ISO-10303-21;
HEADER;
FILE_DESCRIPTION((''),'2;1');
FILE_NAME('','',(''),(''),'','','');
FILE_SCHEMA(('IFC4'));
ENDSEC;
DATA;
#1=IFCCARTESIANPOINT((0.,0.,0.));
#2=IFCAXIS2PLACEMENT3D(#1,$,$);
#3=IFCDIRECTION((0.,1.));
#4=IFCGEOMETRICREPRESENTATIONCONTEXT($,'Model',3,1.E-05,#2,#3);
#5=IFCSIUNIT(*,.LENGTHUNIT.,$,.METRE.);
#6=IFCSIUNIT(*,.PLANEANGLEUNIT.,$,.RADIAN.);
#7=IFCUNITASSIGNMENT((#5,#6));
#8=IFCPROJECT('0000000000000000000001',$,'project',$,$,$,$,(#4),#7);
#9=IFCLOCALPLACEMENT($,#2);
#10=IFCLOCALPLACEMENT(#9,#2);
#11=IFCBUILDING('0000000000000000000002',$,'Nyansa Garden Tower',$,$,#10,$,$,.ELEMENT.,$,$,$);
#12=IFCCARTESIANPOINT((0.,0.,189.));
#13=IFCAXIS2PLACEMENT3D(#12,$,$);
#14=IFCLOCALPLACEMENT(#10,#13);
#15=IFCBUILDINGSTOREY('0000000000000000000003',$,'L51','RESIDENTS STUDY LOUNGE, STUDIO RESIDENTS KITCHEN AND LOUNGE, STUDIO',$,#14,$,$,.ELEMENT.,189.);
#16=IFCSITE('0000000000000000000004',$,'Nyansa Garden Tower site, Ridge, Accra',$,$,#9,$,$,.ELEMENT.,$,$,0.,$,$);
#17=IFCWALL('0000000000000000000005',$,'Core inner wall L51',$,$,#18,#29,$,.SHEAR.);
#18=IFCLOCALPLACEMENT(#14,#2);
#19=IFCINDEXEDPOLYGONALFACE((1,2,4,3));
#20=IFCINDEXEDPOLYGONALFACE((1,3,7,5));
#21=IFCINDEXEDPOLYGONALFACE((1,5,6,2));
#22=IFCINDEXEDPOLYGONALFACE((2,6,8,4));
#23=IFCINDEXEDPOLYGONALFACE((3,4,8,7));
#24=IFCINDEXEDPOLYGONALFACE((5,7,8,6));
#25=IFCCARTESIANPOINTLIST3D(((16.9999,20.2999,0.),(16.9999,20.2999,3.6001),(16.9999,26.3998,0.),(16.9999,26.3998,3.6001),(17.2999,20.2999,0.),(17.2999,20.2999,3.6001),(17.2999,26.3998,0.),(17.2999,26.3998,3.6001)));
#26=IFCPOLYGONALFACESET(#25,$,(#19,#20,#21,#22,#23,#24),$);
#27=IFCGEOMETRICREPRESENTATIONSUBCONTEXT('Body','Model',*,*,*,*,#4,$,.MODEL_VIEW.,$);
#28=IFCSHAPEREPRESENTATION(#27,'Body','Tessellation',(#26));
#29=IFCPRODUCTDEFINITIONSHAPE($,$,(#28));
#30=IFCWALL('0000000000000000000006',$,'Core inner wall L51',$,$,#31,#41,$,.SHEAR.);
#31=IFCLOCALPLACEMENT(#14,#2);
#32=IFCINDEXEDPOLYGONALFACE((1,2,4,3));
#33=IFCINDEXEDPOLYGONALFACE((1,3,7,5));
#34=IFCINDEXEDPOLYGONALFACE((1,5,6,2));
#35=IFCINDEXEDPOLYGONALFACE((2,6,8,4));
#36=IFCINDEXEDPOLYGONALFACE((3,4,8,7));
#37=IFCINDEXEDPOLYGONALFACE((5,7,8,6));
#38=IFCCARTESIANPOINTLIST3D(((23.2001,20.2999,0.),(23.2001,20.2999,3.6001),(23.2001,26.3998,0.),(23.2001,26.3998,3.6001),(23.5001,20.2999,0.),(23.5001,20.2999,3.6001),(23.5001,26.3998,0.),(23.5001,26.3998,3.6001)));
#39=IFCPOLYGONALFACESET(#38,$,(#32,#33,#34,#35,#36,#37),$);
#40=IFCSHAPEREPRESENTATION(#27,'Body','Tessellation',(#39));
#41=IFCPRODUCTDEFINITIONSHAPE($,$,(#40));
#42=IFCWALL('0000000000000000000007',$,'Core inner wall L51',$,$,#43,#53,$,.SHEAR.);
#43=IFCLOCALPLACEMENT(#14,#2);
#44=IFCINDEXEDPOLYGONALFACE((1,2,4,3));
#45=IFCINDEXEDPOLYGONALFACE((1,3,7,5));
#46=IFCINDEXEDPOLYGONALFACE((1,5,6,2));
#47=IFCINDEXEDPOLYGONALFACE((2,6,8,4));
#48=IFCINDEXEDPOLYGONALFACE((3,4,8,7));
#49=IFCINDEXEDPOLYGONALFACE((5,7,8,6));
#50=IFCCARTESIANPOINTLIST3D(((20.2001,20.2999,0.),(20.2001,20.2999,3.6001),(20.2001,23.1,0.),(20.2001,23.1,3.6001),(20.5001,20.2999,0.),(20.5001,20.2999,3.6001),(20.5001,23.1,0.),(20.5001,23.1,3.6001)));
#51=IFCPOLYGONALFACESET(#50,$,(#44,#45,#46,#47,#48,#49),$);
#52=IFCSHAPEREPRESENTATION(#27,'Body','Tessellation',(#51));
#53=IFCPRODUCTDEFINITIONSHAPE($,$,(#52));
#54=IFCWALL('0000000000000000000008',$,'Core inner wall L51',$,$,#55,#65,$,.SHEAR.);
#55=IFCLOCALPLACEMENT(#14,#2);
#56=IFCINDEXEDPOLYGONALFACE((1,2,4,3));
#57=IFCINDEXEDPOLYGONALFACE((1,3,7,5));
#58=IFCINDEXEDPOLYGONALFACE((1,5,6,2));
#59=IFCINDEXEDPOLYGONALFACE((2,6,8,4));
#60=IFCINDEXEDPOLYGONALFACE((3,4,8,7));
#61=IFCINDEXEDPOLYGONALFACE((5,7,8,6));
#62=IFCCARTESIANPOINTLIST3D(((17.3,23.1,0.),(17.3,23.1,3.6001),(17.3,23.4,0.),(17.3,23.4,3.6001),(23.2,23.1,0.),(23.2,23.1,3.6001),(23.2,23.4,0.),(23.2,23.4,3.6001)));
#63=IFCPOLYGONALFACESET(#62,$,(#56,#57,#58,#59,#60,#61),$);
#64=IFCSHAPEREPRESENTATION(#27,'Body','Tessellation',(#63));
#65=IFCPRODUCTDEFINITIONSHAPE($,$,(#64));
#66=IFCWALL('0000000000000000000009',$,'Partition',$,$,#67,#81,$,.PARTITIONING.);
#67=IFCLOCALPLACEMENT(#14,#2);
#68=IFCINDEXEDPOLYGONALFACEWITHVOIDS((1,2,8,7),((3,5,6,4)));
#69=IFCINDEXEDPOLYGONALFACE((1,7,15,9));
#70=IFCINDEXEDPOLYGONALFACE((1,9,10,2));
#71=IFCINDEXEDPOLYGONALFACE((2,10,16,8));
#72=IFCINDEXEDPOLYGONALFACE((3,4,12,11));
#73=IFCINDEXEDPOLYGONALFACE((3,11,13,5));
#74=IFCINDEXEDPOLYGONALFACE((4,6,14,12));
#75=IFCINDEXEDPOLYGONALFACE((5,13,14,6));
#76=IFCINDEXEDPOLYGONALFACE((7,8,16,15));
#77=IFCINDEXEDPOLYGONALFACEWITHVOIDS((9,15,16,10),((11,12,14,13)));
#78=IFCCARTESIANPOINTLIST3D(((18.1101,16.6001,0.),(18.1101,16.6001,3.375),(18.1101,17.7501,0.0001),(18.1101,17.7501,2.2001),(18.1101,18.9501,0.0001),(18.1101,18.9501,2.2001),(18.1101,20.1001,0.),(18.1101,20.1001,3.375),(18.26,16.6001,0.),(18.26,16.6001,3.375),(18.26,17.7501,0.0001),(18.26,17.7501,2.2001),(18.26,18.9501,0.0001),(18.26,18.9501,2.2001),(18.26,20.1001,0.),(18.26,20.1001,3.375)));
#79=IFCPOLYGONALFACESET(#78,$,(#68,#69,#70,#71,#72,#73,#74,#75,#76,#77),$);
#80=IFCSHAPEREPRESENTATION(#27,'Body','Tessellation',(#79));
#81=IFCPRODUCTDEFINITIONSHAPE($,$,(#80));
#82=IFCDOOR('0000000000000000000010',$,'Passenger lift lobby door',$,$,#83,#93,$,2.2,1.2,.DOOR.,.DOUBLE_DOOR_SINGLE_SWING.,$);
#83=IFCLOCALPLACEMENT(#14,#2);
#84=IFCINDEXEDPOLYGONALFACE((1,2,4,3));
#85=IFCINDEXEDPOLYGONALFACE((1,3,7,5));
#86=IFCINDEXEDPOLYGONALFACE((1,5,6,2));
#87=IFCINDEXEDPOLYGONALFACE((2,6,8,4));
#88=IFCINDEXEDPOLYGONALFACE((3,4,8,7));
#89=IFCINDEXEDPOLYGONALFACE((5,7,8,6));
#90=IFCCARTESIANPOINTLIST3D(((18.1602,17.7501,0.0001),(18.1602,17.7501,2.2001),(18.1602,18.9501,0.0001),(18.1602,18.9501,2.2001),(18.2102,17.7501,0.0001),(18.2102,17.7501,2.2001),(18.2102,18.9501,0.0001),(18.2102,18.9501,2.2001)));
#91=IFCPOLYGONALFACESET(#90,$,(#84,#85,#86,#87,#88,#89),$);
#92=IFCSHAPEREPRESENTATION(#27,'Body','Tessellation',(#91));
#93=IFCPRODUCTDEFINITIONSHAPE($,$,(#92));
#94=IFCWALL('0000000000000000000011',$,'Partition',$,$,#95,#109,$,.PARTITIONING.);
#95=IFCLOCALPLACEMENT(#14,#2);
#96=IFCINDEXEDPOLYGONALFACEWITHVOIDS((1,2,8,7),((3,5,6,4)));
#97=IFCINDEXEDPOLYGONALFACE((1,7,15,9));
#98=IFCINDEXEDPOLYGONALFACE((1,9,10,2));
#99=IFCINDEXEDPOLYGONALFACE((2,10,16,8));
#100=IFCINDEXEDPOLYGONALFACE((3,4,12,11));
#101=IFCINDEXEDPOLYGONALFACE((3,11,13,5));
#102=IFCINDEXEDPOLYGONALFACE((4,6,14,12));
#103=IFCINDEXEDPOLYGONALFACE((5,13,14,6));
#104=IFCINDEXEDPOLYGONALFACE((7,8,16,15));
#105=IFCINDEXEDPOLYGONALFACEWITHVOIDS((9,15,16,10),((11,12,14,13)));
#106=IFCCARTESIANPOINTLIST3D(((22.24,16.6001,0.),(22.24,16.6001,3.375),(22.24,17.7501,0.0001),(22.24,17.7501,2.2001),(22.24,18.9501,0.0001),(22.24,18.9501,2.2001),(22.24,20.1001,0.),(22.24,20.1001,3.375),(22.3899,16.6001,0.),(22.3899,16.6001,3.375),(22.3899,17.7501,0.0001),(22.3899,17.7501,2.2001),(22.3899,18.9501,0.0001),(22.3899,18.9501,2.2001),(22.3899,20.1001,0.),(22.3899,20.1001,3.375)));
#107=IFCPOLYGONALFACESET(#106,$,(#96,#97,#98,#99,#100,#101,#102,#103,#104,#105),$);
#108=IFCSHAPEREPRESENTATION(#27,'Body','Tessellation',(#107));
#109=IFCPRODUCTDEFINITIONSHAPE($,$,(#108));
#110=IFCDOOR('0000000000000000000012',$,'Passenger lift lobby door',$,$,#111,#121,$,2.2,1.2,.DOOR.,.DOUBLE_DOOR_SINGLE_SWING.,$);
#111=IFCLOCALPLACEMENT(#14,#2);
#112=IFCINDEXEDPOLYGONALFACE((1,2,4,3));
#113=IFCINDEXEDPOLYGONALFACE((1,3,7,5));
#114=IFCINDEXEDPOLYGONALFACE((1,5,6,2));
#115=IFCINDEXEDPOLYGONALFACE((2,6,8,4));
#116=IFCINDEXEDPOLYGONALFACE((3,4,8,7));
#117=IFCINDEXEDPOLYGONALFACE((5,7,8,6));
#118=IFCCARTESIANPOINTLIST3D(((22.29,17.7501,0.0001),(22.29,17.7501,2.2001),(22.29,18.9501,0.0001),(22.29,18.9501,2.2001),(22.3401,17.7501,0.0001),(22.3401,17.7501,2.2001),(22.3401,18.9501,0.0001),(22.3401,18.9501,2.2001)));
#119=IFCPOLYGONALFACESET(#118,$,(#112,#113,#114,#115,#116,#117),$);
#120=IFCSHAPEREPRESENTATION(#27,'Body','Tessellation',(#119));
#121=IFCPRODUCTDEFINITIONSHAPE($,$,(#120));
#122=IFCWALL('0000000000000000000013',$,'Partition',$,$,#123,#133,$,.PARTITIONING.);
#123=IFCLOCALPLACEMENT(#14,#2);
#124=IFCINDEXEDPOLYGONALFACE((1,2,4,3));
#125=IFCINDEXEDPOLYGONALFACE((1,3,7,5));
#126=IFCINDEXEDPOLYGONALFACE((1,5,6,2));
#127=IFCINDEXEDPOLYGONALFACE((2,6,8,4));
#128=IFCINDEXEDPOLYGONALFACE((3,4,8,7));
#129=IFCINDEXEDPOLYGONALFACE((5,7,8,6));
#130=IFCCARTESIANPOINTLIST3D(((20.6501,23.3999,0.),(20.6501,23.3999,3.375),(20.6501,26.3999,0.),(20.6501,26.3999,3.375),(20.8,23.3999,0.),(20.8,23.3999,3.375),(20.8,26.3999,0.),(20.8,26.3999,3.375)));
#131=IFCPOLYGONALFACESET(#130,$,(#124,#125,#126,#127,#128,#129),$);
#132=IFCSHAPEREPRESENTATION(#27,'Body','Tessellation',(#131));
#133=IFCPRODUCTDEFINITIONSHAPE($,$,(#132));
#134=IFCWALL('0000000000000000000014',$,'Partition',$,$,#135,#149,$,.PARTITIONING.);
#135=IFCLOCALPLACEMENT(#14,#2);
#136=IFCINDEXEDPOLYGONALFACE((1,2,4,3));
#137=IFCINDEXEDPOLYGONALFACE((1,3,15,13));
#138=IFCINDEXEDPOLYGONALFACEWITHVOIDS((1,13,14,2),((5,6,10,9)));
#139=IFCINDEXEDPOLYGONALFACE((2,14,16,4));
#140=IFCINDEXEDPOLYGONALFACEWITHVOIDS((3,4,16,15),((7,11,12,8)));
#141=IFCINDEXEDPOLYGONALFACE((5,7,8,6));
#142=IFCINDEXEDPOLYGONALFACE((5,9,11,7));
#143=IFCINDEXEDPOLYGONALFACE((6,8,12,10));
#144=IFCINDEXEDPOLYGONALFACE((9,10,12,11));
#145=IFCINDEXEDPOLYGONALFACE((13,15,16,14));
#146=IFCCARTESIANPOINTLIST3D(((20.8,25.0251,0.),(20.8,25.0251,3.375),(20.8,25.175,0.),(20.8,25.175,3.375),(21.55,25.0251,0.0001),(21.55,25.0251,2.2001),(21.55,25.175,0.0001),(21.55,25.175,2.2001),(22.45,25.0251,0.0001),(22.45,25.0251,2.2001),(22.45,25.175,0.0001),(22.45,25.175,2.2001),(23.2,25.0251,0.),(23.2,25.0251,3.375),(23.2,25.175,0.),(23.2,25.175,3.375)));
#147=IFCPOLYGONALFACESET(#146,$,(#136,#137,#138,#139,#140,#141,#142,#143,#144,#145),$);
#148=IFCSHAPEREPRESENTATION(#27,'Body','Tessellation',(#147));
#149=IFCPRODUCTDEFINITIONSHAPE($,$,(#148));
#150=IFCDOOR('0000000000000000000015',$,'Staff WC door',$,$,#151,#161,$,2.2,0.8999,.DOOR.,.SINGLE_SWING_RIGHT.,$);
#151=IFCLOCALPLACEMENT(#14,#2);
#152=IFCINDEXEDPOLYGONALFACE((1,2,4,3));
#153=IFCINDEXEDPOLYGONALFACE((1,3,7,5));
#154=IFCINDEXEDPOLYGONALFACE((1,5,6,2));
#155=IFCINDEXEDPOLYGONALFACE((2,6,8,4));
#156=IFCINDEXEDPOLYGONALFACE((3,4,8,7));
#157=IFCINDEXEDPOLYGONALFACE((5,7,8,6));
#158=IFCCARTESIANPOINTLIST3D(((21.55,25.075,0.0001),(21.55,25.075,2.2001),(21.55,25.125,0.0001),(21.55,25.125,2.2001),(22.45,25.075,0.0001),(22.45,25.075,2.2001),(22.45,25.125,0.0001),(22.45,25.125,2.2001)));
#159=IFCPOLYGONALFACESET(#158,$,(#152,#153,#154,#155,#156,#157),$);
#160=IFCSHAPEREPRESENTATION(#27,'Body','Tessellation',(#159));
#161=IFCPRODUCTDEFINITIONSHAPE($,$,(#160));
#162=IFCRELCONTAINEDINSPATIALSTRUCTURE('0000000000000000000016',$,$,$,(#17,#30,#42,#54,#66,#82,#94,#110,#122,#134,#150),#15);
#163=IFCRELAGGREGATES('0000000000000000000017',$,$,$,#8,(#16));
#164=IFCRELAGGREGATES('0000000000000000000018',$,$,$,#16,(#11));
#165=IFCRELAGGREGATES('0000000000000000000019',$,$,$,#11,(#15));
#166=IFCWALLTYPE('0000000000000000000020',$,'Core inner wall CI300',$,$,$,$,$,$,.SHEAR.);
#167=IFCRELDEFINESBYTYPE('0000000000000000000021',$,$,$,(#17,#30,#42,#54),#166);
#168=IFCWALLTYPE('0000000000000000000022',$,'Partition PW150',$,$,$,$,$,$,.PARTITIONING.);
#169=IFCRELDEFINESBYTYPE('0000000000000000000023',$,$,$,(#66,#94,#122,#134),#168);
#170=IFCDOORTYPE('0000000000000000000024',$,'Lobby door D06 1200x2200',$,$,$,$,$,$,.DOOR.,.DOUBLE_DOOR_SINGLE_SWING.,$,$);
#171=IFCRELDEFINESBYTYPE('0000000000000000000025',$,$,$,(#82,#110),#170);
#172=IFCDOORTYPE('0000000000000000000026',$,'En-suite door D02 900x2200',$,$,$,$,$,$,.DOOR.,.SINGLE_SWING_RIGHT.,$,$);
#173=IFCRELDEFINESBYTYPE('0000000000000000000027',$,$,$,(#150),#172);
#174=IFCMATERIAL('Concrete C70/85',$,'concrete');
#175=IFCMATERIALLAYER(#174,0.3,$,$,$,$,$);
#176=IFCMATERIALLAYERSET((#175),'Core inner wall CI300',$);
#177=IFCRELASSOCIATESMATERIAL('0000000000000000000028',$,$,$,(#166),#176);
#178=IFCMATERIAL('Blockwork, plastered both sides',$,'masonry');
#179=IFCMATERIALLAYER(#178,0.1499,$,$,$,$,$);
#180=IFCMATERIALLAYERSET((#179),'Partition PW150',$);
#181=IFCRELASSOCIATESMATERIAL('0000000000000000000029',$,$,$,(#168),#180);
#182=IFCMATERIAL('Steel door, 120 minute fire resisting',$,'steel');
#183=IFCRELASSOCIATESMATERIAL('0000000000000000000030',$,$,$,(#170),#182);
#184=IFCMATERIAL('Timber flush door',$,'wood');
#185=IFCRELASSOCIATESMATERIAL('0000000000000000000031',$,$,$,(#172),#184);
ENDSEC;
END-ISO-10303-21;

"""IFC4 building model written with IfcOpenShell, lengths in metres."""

from ifc_helpers import new_model, si_unit, direction, frame, frame_2d, origin, place, context, subcontext, project, spatial, rectangle, extrude, material, layer, layer_set, type_object, element, fill, save


model = new_model("IFC4")

# Units and contexts
model_context = context("Model", 3, precision=1e-05, world=origin(), true_north=direction((0.0, 1.0)))
body_context = subcontext(model_context, "Body", "Model", "MODEL_VIEW")
ifc_project = project(units=[si_unit("LENGTHUNIT", "METRE"), si_unit("PLANEANGLEUNIT", "RADIAN")], contexts=[model_context])

# Site, building, storey
site_placement = place(None, origin())
site = spatial("IfcSite", under=ifc_project, at=site_placement, Name="Nyansa Garden Tower site, Ridge, Accra", CompositionType="ELEMENT", RefElevation=0.0)
building_placement = place(site_placement, origin())
building = spatial("IfcBuilding", under=site, at=building_placement, Name="Nyansa Garden Tower", CompositionType="ELEMENT")
storey_placement = place(building_placement, frame((0.0, 0.0, 189.0)))
storey = spatial("IfcBuildingStorey", under=building, at=storey_placement, Name="L51", Description="RESIDENTS STUDY LOUNGE, STUDIO RESIDENTS KITCHEN AND LOUNGE, STUDIO", CompositionType="ELEMENT", Elevation=189.0)

# Walls
ifc_material_1 = material(Name="Concrete C70/85", Category="concrete")
ifc_layer_1 = layer(ifc_material_1, 0.3)
ifc_layer_set_1 = layer_set([ifc_layer_1], Name="Core inner wall CI300")
wall_type_1 = type_object("IfcWallType", Name="Core inner wall CI300", PredefinedType="SHEAR", material=ifc_layer_set_1)
for number, where, z_axis, x_axis, name in (
    (1, (17.1499, 20.3, 0.0), (0.0, 0.0, 1.0), (0.0, 1.0, 0.0), "Core inner wall L51"),
    (2, (23.3501, 20.3, 0.0), (0.0, 0.0, 1.0), (0.0, 1.0, 0.0), "Core inner wall L51"),
):
    element("IfcWall", number, at=place(storey_placement, frame(where, z_axis=z_axis, x_axis=x_axis)), inside=storey, type_object=wall_type_1, Name=name, PredefinedType="SHEAR", context=body_context, shape_type="SweptSolid", body=[
        extrude(rectangle(XDim=6.0999, YDim=0.3, at=frame_2d((3.0498, 0.0))), origin(), (0.0, 0.0, 1.0), 3.6001),
    ])
wall_1_placement = place(storey_placement, frame((20.3501, 20.3, 0.0), z_axis=(0.0, 0.0, 1.0), x_axis=(0.0, 1.0, 0.0)))
element("IfcWall", 3, at=wall_1_placement, inside=storey, type_object=wall_type_1, Name="Core inner wall L51", PredefinedType="SHEAR", context=body_context, shape_type="SweptSolid", body=[
    extrude(rectangle(XDim=2.8, YDim=0.3, at=frame_2d((1.3999, 0.0))), origin(), (0.0, 0.0, 1.0), 3.6001),
])
wall_2_placement = place(storey_placement, frame((17.3, 23.25, 0.0), z_axis=(0.0, 0.0, 1.0), x_axis=(1.0, 0.0, 0.0)))
element("IfcWall", 4, at=wall_2_placement, inside=storey, type_object=wall_type_1, Name="Core inner wall L51", PredefinedType="SHEAR", context=body_context, shape_type="SweptSolid", body=[
    extrude(rectangle(XDim=5.8999, YDim=0.3, at=frame_2d((2.95, 0.0))), origin(), (0.0, 0.0, 1.0), 3.6001),
])

# Walls, openings, doors
ifc_material_2 = material(Name="Blockwork, plastered both sides", Category="masonry")
ifc_layer_2 = layer(ifc_material_2, 0.1499)
ifc_layer_set_2 = layer_set([ifc_layer_2], Name="Partition PW150")
wall_type_2 = type_object("IfcWallType", Name="Partition PW150", PredefinedType="PARTITIONING", material=ifc_layer_set_2)
wall_3_placement = place(storey_placement, frame((18.1851, 16.6001, 0.0), z_axis=(0.0, 0.0, 1.0), x_axis=(0.0, 1.0, 0.0)))
wall_3 = element("IfcWall", 5, at=wall_3_placement, inside=storey, type_object=wall_type_2, Name="Partition", PredefinedType="PARTITIONING", context=body_context, shape_type="SweptSolid", body=[
    extrude(rectangle(XDim=3.5, YDim=0.1499, at=frame_2d((1.75, 0.0))), origin(), (0.0, 0.0, 1.0), 3.375),
])
opening_1_placement = place(wall_3_placement, frame((1.1499, 0.0, 0.0)))
opening_1 = element("IfcOpeningElement", 6, at=opening_1_placement, cuts=wall_3, PredefinedType="OPENING", context=body_context, shape_type="SweptSolid", body=[
    extrude(rectangle(XDim=1.2, YDim=2.2, at=frame_2d((0.6001, 1.1001))), frame((0.0, 0.085, 0.0), z_axis=(0.0, -1.0, 0.0), x_axis=(1.0, 0.0, 0.0)), (0.0, 0.0, 1.0), 0.1699),
])
ifc_material_3 = material(Name="Steel door, 120 minute fire resisting", Category="steel")
door_type_1 = type_object("IfcDoorType", Name="Lobby door D06 1200x2200", OperationType="DOUBLE_DOOR_SINGLE_SWING", PredefinedType="DOOR", material=ifc_material_3)
door_1_placement = place(opening_1_placement, origin())
door_1 = element("IfcDoor", 7, at=door_1_placement, inside=storey, type_object=door_type_1, Name="Passenger lift lobby door", OperationType="DOUBLE_DOOR_SINGLE_SWING", OverallHeight=2.2, OverallWidth=1.2, PredefinedType="DOOR", context=body_context, shape_type="SweptSolid", body=[
    extrude(rectangle(XDim=1.2, YDim=2.2, at=frame_2d((0.6001, 1.1001))), frame((0.0, 0.0249, 0.0), z_axis=(0.0, -1.0, 0.0), x_axis=(1.0, 0.0, 0.0)), (0.0, 0.0, 1.0), 0.05),
])
fill(opening_1, door_1)
wall_4_placement = place(storey_placement, frame((22.3149, 16.6001, 0.0), z_axis=(0.0, 0.0, 1.0), x_axis=(0.0, 1.0, 0.0)))
wall_4 = element("IfcWall", 8, at=wall_4_placement, inside=storey, type_object=wall_type_2, Name="Partition", PredefinedType="PARTITIONING", context=body_context, shape_type="SweptSolid", body=[
    extrude(rectangle(XDim=3.5, YDim=0.1499, at=frame_2d((1.75, 0.0))), origin(), (0.0, 0.0, 1.0), 3.375),
])
opening_2_placement = place(wall_4_placement, frame((1.1499, 0.0, 0.0)))
opening_2 = element("IfcOpeningElement", 9, at=opening_2_placement, cuts=wall_4, PredefinedType="OPENING", context=body_context, shape_type="SweptSolid", body=[
    extrude(rectangle(XDim=1.2, YDim=2.2, at=frame_2d((0.6001, 1.1001))), frame((0.0, 0.085, 0.0), z_axis=(0.0, -1.0, 0.0), x_axis=(1.0, 0.0, 0.0)), (0.0, 0.0, 1.0), 0.1699),
])
door_2_placement = place(opening_2_placement, origin())
door_2 = element("IfcDoor", 10, at=door_2_placement, inside=storey, type_object=door_type_1, Name="Passenger lift lobby door", OperationType="DOUBLE_DOOR_SINGLE_SWING", OverallHeight=2.2, OverallWidth=1.2, PredefinedType="DOOR", context=body_context, shape_type="SweptSolid", body=[
    extrude(rectangle(XDim=1.2, YDim=2.2, at=frame_2d((0.6001, 1.1001))), frame((0.0, 0.0249, 0.0), z_axis=(0.0, -1.0, 0.0), x_axis=(1.0, 0.0, 0.0)), (0.0, 0.0, 1.0), 0.05),
])
fill(opening_2, door_2)

# Wall
wall_5_placement = place(storey_placement, frame((20.7251, 23.3999, 0.0), z_axis=(0.0, 0.0, 1.0), x_axis=(0.0, 1.0, 0.0)))
element("IfcWall", 11, at=wall_5_placement, inside=storey, type_object=wall_type_2, Name="Partition", PredefinedType="PARTITIONING", context=body_context, shape_type="SweptSolid", body=[
    extrude(rectangle(XDim=3.0, YDim=0.1499, at=frame_2d((1.5, 0.0))), origin(), (0.0, 0.0, 1.0), 3.375),
])

# Wall, opening, door
wall_6_placement = place(storey_placement, frame((20.8, 25.1001, 0.0), z_axis=(0.0, 0.0, 1.0), x_axis=(1.0, 0.0, 0.0)))
wall_6 = element("IfcWall", 12, at=wall_6_placement, inside=storey, type_object=wall_type_2, Name="Partition", PredefinedType="PARTITIONING", context=body_context, shape_type="SweptSolid", body=[
    extrude(rectangle(XDim=2.3999, YDim=0.1499, at=frame_2d((1.2, 0.0))), origin(), (0.0, 0.0, 1.0), 3.375),
])
opening_3_placement = place(wall_6_placement, frame((0.75, 0.0, 0.0)))
opening_3 = element("IfcOpeningElement", 13, at=opening_3_placement, cuts=wall_6, PredefinedType="OPENING", context=body_context, shape_type="SweptSolid", body=[
    extrude(rectangle(XDim=0.8999, YDim=2.2, at=frame_2d((0.45, 1.1001))), frame((0.0, 0.085, 0.0), z_axis=(0.0, -1.0, 0.0), x_axis=(1.0, 0.0, 0.0)), (0.0, 0.0, 1.0), 0.1699),
])
ifc_material_4 = material(Name="Timber flush door", Category="wood")
door_type_2 = type_object("IfcDoorType", Name="En-suite door D02 900x2200", OperationType="SINGLE_SWING_RIGHT", PredefinedType="DOOR", material=ifc_material_4)
door_3_placement = place(opening_3_placement, origin())
door_3 = element("IfcDoor", 14, at=door_3_placement, inside=storey, type_object=door_type_2, Name="Staff WC door", OperationType="SINGLE_SWING_RIGHT", OverallHeight=2.2, OverallWidth=0.8999, PredefinedType="DOOR", context=body_context, shape_type="SweptSolid", body=[
    extrude(rectangle(XDim=0.8999, YDim=2.2, at=frame_2d((0.45, 1.1001))), frame((0.0, 0.0249, 0.0), z_axis=(0.0, -1.0, 0.0), x_axis=(1.0, 0.0, 0.0)), (0.0, 0.0, 1.0), 0.05),
])
fill(opening_3, door_3)

save(model, "model.ifc")
